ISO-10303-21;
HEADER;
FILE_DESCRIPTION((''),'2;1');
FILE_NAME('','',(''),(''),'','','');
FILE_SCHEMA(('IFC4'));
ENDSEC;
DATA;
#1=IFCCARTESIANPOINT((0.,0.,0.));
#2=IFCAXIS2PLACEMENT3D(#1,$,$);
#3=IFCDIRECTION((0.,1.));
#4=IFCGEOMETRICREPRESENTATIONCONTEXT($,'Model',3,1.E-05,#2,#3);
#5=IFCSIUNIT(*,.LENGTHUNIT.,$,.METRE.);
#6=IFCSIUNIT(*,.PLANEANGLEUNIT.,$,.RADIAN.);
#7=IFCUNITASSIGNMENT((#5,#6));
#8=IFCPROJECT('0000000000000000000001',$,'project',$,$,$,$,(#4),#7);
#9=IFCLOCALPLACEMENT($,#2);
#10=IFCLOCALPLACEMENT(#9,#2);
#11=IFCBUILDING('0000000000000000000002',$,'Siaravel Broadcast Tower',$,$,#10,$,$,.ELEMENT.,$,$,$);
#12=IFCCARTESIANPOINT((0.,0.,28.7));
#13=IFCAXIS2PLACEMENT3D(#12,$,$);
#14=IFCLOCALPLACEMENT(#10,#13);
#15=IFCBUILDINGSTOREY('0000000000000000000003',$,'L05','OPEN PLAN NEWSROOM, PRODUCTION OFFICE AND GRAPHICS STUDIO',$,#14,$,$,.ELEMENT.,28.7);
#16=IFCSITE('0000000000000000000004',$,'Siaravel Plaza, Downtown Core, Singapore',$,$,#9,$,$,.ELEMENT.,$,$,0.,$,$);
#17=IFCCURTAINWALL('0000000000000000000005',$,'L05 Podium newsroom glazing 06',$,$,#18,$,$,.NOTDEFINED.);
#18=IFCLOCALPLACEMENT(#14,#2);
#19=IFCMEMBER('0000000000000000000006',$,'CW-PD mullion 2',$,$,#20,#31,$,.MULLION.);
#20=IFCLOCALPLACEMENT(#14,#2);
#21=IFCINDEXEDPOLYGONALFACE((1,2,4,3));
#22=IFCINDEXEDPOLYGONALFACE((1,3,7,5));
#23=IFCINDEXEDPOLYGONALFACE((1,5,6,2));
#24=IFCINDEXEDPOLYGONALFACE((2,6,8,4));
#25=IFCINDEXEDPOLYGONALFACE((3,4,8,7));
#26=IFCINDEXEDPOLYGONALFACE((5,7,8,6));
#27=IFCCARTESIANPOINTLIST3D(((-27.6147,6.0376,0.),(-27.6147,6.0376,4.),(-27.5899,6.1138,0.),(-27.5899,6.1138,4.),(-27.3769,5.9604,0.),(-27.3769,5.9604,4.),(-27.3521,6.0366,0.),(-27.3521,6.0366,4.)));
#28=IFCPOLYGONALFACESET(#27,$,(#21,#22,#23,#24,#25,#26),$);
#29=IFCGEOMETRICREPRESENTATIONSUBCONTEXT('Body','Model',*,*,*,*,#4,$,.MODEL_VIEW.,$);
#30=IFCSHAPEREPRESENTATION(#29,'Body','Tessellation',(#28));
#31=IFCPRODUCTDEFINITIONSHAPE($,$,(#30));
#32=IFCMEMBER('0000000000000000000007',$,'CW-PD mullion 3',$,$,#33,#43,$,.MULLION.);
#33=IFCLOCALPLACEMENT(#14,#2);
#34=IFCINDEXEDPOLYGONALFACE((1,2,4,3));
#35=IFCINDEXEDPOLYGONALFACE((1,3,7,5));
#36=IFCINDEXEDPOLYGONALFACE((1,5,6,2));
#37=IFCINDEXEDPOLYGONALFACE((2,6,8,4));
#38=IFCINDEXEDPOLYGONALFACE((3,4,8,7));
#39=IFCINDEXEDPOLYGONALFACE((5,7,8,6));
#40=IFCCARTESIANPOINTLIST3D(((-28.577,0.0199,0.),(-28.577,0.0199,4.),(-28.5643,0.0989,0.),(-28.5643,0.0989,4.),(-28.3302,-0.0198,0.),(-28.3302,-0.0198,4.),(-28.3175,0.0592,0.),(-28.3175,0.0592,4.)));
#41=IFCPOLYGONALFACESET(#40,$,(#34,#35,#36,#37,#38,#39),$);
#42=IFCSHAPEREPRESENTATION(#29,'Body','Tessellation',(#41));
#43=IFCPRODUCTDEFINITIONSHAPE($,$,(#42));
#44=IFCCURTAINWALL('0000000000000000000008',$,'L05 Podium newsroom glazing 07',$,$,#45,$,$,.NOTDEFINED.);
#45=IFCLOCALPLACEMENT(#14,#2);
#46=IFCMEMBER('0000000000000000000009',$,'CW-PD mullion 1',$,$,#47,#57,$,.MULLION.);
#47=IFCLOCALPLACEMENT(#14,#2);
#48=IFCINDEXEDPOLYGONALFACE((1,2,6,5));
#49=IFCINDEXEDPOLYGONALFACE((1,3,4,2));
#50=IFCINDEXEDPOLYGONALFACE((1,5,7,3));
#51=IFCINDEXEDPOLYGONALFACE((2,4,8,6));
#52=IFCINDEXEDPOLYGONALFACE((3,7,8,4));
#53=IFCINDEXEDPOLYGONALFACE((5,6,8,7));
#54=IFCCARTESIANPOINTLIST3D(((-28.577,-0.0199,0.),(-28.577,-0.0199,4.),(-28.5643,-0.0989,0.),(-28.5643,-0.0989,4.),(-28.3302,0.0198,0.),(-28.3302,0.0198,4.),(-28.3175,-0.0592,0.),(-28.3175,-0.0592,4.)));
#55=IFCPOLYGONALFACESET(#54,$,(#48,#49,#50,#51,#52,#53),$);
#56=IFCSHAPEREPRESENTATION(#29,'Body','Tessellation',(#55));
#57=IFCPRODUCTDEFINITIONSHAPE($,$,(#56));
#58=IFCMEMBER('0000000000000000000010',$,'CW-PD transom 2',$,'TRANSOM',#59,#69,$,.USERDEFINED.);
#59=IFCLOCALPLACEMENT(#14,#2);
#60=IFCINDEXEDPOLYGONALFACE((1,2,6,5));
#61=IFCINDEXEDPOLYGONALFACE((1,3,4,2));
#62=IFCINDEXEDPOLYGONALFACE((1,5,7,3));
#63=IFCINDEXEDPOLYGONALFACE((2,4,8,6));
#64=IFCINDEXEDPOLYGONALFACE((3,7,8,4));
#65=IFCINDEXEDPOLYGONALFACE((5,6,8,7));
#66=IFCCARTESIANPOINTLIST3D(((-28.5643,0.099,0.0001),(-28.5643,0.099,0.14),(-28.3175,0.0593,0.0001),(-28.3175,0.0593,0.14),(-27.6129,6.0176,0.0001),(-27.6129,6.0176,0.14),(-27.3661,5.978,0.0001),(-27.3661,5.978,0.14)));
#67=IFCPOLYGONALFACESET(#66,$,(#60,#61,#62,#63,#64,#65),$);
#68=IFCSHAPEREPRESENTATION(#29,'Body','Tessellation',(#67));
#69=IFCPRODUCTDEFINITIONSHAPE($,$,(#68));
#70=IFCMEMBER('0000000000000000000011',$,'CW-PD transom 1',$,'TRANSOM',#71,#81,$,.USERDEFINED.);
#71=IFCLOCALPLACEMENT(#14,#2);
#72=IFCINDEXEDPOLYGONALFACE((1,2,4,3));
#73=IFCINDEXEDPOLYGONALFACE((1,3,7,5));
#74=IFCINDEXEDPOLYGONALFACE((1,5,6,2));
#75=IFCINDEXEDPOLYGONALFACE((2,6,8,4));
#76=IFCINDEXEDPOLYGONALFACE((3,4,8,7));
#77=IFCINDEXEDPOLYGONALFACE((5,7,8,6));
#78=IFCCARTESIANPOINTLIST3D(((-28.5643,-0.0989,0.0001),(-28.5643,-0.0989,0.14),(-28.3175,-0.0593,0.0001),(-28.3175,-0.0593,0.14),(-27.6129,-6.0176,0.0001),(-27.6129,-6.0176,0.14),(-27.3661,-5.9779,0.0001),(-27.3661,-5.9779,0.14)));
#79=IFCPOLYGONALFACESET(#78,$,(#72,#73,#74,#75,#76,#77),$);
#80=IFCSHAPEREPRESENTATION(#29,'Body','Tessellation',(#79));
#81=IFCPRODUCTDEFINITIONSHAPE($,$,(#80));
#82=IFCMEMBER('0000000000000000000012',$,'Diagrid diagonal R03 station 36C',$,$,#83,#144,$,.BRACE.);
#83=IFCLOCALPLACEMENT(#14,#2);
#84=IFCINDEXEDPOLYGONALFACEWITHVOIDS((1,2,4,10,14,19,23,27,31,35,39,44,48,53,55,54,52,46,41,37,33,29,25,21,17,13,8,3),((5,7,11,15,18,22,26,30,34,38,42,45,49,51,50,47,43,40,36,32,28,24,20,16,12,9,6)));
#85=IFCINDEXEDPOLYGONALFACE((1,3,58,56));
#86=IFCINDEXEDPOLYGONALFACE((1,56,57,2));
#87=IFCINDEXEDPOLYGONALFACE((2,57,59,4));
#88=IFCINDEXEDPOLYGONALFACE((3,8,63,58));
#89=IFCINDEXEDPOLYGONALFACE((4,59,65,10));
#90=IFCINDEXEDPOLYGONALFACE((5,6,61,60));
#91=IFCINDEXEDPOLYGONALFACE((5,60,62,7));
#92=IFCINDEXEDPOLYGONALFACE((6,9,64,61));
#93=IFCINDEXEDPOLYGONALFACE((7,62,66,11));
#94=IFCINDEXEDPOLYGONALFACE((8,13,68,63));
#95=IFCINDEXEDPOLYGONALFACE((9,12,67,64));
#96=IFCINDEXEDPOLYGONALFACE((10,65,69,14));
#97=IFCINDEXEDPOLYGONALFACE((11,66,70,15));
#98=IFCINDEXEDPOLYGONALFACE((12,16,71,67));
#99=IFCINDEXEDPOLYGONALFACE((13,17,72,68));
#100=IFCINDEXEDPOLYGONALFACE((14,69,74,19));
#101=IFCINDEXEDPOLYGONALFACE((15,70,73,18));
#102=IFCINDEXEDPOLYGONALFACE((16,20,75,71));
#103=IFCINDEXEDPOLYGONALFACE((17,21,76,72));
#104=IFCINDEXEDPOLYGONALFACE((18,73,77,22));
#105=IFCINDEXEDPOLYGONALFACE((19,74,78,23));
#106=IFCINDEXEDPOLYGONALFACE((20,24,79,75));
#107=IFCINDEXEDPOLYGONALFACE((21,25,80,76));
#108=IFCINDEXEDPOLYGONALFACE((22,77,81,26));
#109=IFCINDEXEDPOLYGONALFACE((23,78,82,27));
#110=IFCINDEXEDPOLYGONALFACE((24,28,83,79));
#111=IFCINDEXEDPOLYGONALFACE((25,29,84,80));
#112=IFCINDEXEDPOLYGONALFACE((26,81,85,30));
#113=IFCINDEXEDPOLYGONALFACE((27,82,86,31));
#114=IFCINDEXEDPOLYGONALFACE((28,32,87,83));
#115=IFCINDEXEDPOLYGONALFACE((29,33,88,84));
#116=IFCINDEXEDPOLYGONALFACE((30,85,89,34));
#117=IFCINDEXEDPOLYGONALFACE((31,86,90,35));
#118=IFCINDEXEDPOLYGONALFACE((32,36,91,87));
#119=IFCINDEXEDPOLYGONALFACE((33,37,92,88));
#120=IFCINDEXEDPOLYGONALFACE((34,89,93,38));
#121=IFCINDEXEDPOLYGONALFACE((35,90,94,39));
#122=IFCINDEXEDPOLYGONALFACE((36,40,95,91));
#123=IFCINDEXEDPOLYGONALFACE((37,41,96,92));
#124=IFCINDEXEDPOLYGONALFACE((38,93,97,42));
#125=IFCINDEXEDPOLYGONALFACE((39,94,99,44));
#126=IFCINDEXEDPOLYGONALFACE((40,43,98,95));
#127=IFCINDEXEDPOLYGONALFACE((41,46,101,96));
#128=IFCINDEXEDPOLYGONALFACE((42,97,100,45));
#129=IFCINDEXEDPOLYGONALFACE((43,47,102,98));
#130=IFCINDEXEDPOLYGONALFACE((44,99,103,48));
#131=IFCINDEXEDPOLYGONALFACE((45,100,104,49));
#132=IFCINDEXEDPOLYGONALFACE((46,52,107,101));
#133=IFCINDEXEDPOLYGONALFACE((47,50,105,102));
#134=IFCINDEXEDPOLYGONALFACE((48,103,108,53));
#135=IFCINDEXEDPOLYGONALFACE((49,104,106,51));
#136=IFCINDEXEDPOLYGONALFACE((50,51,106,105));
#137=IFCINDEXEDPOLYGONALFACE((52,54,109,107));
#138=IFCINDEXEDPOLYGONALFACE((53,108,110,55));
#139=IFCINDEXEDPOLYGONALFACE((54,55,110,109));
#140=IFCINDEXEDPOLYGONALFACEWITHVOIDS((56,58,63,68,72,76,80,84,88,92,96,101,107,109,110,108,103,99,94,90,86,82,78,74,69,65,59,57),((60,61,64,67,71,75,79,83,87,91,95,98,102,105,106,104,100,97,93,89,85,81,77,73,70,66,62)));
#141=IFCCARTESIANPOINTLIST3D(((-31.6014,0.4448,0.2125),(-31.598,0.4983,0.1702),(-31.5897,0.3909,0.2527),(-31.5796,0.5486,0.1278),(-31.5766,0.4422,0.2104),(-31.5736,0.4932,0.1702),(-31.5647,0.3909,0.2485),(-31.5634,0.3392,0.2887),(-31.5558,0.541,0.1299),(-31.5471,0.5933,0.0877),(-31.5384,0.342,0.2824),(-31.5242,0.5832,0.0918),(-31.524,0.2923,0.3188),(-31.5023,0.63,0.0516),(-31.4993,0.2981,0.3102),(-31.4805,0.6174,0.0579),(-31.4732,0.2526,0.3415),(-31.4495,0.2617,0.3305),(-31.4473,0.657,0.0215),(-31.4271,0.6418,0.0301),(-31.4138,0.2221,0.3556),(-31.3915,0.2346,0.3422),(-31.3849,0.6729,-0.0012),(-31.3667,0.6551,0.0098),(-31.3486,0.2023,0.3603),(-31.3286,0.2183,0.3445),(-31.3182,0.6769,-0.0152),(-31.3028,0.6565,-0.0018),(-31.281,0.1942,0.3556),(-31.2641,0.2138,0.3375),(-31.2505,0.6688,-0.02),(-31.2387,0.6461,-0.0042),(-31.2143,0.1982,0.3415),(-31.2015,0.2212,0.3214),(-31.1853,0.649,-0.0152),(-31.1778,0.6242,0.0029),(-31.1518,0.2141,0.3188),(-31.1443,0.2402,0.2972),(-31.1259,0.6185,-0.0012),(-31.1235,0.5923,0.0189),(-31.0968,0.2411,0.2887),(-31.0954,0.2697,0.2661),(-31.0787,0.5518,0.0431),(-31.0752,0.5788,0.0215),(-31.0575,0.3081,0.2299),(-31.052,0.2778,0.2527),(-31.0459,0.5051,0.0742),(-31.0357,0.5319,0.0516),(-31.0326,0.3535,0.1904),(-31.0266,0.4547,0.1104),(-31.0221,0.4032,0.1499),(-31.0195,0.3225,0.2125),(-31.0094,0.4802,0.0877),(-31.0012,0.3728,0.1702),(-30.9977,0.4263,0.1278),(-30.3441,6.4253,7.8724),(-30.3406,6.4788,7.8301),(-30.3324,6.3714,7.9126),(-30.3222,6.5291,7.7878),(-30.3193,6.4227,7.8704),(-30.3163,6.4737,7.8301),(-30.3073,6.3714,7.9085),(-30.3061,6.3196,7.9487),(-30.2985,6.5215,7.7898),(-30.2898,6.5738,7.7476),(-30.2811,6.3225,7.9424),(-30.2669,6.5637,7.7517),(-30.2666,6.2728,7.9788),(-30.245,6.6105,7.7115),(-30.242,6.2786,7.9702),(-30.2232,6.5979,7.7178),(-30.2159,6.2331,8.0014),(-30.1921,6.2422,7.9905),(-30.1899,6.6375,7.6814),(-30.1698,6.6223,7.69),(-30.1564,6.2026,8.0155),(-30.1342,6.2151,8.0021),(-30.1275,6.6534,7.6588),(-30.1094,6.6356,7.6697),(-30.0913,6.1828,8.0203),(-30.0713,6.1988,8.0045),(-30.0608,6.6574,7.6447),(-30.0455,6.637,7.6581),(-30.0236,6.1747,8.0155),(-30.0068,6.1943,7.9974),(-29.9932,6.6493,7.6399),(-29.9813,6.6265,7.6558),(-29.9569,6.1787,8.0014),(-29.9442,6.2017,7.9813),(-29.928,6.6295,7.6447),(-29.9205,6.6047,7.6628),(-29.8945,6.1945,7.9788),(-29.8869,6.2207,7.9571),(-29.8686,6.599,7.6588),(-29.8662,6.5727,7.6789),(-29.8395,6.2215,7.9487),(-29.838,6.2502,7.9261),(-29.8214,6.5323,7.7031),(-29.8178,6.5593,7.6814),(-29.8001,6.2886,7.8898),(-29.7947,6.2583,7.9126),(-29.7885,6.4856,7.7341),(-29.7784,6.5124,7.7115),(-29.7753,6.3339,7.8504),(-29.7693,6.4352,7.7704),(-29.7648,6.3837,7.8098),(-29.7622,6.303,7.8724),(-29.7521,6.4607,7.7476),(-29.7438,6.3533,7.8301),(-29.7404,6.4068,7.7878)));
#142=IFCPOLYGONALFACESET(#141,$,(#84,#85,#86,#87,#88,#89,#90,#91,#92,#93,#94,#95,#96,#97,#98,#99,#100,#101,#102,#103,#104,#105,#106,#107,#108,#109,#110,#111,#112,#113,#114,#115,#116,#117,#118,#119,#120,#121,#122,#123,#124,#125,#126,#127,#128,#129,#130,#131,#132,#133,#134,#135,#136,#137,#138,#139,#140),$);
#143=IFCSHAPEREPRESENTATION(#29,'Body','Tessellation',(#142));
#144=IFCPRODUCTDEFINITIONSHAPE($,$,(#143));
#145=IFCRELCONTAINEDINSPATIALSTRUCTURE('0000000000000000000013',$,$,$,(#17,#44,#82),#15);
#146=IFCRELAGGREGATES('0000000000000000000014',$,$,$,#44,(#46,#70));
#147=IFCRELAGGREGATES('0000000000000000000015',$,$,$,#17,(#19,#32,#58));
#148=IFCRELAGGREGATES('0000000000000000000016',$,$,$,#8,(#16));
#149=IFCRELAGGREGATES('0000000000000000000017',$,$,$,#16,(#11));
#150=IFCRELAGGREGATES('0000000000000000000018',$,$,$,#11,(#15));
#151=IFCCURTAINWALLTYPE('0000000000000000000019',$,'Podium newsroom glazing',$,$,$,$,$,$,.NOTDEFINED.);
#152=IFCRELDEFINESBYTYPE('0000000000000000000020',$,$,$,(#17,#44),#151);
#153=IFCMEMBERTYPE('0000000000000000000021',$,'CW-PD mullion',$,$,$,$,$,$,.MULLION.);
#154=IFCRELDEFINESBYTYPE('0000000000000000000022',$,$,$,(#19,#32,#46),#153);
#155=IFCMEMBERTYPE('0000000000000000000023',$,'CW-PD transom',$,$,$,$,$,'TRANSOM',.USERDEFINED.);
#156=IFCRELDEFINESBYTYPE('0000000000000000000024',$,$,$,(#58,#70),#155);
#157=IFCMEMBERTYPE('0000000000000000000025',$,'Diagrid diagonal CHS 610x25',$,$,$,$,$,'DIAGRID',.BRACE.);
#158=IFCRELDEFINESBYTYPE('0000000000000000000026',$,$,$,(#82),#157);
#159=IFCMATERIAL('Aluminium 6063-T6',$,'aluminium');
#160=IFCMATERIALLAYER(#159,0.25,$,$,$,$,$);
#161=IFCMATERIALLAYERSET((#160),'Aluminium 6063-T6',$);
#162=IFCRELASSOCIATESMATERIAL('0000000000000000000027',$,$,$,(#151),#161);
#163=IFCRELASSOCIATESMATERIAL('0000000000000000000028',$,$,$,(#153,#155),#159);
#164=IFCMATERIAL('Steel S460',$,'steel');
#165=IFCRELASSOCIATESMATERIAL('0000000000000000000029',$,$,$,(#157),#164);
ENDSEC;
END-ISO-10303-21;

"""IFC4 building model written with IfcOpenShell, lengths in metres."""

from ifc_helpers import new_model, si_unit, direction, frame, origin, origin_2d, place, context, subcontext, project, spatial, rectangle, hollow_circle, extrude, material, layer, layer_set, material_profile, profile_set, type_object, element, aggregate, save


model = new_model("IFC4")

# Units and contexts
model_context = context("Model", 3, precision=1e-05, world=origin(), true_north=direction((0.0, 1.0)))
body_context = subcontext(model_context, "Body", "Model", "MODEL_VIEW")
ifc_project = project(units=[si_unit("LENGTHUNIT", "METRE"), si_unit("PLANEANGLEUNIT", "RADIAN")], contexts=[model_context])

# Site, building, storey
site_placement = place(None, origin())
site = spatial("IfcSite", under=ifc_project, at=site_placement, Name="Siaravel Plaza, Downtown Core, Singapore", CompositionType="ELEMENT", RefElevation=0.0)
building_placement = place(site_placement, origin())
building = spatial("IfcBuilding", under=site, at=building_placement, Name="Siaravel Broadcast Tower", CompositionType="ELEMENT")
storey_placement = place(building_placement, frame((0.0, 0.0, 28.7)))
storey = spatial("IfcBuildingStorey", under=building, at=storey_placement, Name="L05", Description="OPEN PLAN NEWSROOM, PRODUCTION OFFICE AND GRAPHICS STUDIO", CompositionType="ELEMENT", Elevation=28.7)

# Curtain wall, members
ifc_material_1 = material(Name="Aluminium 6063-T6", Category="aluminium")
ifc_layer_1 = layer(ifc_material_1, 0.25)
ifc_layer_set_1 = layer_set([ifc_layer_1], Name="Aluminium 6063-T6")
curtain_wall_type = type_object("IfcCurtainWallType", Name="Podium newsroom glazing", PredefinedType="NOTDEFINED", material=ifc_layer_set_1)
curtain_wall_1_placement = place(storey_placement, origin())
curtain_wall_1 = element("IfcCurtainWall", 1, at=curtain_wall_1_placement, inside=storey, type_object=curtain_wall_type, Name="L05 Podium newsroom glazing 06", PredefinedType="NOTDEFINED")
ifc_material_profile_1 = material_profile(ifc_material_1, rectangle(XDim=0.25, YDim=0.0801, at=origin_2d()))
ifc_profile_set_1 = profile_set([ifc_material_profile_1], Name="Aluminium 6063-T6")
member_type_1 = type_object("IfcMemberType", Name="CW-PD mullion", PredefinedType="MULLION", material=ifc_profile_set_1)
member_1_placement = place(storey_placement, frame((-27.4834, 6.0371, 0.0), z_axis=(0.0, 0.0, 1.0), x_axis=(0.951177, -0.308646, 0.0)))
member_1 = element("IfcMember", 2, at=member_1_placement, type_object=member_type_1, Name="CW-PD mullion 2", PredefinedType="MULLION", context=body_context, shape_type="SweptSolid", body=[
    extrude(rectangle(XDim=0.25, YDim=0.0801, at=origin_2d()), origin(), (0.0, 0.0, 1.0), 4.0),
])
member_2_placement = place(storey_placement, frame((-28.4473, 0.0396, 0.0), z_axis=(0.0, 0.0, 1.0), x_axis=(0.987329, -0.158686, 0.0)))
member_2 = element("IfcMember", 3, at=member_2_placement, type_object=member_type_1, Name="CW-PD mullion 3", PredefinedType="MULLION", context=body_context, shape_type="SweptSolid", body=[
    extrude(rectangle(XDim=0.25, YDim=0.0801, at=origin_2d()), origin(), (0.0, 0.0, 1.0), 4.0),
])

# Curtain wall, member
curtain_wall_2_placement = place(storey_placement, origin())
curtain_wall_2 = element("IfcCurtainWall", 4, at=curtain_wall_2_placement, inside=storey, type_object=curtain_wall_type, Name="L05 Podium newsroom glazing 07", PredefinedType="NOTDEFINED")
member_3_placement = place(storey_placement, frame((-28.4473, -0.0396, 0.0), z_axis=(0.0, 0.0, 1.0), x_axis=(0.987329, 0.158686, 0.0)))
member_3 = element("IfcMember", 5, at=member_3_placement, type_object=member_type_1, Name="CW-PD mullion 1", PredefinedType="MULLION", context=body_context, shape_type="SweptSolid", body=[
    extrude(rectangle(XDim=0.25, YDim=0.0801, at=origin_2d()), origin(), (0.0, 0.0, 1.0), 4.0),
])

# Members
ifc_material_profile_2 = material_profile(ifc_material_1, rectangle(XDim=0.25, YDim=0.1399, at=origin_2d()))
ifc_profile_set_2 = profile_set([ifc_material_profile_2], Name="Aluminium 6063-T6")
member_type_2 = type_object("IfcMemberType", Name="CW-PD transom", ElementType="TRANSOM", PredefinedType="USERDEFINED", material=ifc_profile_set_2)
member_4_placement = place(storey_placement, frame((-27.4895, 5.9978, 0.0701), z_axis=(-0.15871, -0.987325, 0.0), x_axis=(0.987325, -0.15871, 0.0)))
member_4 = element("IfcMember", 6, at=member_4_placement, type_object=member_type_2, Name="CW-PD transom 2", ObjectType="TRANSOM", PredefinedType="USERDEFINED", context=body_context, shape_type="SweptSolid", body=[
    extrude(rectangle(XDim=0.25, YDim=0.1399, at=origin_2d()), origin(), (0.0, 0.0, 1.0), 5.9946),
])
member_5_placement = place(storey_placement, frame((-28.4409, -0.0791, 0.0701), z_axis=(0.15871, -0.987325, 0.0), x_axis=(0.987325, 0.15871, 0.0)))
member_5 = element("IfcMember", 7, at=member_5_placement, type_object=member_type_2, Name="CW-PD transom 1", ObjectType="TRANSOM", PredefinedType="USERDEFINED", context=body_context, shape_type="SweptSolid", body=[
    extrude(rectangle(XDim=0.25, YDim=0.1399, at=origin_2d()), origin(), (0.0, 0.0, 1.0), 5.9946),
])
aggregate(curtain_wall_2, [member_3, member_5])

# Member
ifc_material_2 = material(Name="Steel S460", Category="steel")
ifc_material_profile_3 = material_profile(ifc_material_2, hollow_circle(Radius=0.3049, WallThickness=0.0249, at=origin_2d()))
ifc_profile_set_3 = profile_set([ifc_material_profile_3], Name="Steel S460")
member_type_3 = type_object("IfcMemberType", Name="Diagrid diagonal CHS 610x25", ElementType="DIAGRID", PredefinedType="BRACE", material=ifc_profile_set_3)
for number, where, z_axis, x_axis, name in (
    (8, (-31.2996, 0.4355, 0.1702), (0.128311, 0.610312, 0.781701), (-0.978607, 0.205741, 0.0), "Diagrid diagonal R03 station 36C"),
):
    element("IfcMember", number, at=place(storey_placement, frame(where, z_axis=z_axis, x_axis=x_axis)), inside=storey, type_object=member_type_3, Name=name, PredefinedType="BRACE", context=body_context, shape_type="SweptSolid", body=[
        extrude(hollow_circle(Radius=0.3049, WallThickness=0.0249, at=origin_2d()), origin(), (0.0, 0.0, 1.0), 9.7991),
    ])

aggregate(curtain_wall_1, [member_1, member_2, member_4])

save(model, "model.ifc")
